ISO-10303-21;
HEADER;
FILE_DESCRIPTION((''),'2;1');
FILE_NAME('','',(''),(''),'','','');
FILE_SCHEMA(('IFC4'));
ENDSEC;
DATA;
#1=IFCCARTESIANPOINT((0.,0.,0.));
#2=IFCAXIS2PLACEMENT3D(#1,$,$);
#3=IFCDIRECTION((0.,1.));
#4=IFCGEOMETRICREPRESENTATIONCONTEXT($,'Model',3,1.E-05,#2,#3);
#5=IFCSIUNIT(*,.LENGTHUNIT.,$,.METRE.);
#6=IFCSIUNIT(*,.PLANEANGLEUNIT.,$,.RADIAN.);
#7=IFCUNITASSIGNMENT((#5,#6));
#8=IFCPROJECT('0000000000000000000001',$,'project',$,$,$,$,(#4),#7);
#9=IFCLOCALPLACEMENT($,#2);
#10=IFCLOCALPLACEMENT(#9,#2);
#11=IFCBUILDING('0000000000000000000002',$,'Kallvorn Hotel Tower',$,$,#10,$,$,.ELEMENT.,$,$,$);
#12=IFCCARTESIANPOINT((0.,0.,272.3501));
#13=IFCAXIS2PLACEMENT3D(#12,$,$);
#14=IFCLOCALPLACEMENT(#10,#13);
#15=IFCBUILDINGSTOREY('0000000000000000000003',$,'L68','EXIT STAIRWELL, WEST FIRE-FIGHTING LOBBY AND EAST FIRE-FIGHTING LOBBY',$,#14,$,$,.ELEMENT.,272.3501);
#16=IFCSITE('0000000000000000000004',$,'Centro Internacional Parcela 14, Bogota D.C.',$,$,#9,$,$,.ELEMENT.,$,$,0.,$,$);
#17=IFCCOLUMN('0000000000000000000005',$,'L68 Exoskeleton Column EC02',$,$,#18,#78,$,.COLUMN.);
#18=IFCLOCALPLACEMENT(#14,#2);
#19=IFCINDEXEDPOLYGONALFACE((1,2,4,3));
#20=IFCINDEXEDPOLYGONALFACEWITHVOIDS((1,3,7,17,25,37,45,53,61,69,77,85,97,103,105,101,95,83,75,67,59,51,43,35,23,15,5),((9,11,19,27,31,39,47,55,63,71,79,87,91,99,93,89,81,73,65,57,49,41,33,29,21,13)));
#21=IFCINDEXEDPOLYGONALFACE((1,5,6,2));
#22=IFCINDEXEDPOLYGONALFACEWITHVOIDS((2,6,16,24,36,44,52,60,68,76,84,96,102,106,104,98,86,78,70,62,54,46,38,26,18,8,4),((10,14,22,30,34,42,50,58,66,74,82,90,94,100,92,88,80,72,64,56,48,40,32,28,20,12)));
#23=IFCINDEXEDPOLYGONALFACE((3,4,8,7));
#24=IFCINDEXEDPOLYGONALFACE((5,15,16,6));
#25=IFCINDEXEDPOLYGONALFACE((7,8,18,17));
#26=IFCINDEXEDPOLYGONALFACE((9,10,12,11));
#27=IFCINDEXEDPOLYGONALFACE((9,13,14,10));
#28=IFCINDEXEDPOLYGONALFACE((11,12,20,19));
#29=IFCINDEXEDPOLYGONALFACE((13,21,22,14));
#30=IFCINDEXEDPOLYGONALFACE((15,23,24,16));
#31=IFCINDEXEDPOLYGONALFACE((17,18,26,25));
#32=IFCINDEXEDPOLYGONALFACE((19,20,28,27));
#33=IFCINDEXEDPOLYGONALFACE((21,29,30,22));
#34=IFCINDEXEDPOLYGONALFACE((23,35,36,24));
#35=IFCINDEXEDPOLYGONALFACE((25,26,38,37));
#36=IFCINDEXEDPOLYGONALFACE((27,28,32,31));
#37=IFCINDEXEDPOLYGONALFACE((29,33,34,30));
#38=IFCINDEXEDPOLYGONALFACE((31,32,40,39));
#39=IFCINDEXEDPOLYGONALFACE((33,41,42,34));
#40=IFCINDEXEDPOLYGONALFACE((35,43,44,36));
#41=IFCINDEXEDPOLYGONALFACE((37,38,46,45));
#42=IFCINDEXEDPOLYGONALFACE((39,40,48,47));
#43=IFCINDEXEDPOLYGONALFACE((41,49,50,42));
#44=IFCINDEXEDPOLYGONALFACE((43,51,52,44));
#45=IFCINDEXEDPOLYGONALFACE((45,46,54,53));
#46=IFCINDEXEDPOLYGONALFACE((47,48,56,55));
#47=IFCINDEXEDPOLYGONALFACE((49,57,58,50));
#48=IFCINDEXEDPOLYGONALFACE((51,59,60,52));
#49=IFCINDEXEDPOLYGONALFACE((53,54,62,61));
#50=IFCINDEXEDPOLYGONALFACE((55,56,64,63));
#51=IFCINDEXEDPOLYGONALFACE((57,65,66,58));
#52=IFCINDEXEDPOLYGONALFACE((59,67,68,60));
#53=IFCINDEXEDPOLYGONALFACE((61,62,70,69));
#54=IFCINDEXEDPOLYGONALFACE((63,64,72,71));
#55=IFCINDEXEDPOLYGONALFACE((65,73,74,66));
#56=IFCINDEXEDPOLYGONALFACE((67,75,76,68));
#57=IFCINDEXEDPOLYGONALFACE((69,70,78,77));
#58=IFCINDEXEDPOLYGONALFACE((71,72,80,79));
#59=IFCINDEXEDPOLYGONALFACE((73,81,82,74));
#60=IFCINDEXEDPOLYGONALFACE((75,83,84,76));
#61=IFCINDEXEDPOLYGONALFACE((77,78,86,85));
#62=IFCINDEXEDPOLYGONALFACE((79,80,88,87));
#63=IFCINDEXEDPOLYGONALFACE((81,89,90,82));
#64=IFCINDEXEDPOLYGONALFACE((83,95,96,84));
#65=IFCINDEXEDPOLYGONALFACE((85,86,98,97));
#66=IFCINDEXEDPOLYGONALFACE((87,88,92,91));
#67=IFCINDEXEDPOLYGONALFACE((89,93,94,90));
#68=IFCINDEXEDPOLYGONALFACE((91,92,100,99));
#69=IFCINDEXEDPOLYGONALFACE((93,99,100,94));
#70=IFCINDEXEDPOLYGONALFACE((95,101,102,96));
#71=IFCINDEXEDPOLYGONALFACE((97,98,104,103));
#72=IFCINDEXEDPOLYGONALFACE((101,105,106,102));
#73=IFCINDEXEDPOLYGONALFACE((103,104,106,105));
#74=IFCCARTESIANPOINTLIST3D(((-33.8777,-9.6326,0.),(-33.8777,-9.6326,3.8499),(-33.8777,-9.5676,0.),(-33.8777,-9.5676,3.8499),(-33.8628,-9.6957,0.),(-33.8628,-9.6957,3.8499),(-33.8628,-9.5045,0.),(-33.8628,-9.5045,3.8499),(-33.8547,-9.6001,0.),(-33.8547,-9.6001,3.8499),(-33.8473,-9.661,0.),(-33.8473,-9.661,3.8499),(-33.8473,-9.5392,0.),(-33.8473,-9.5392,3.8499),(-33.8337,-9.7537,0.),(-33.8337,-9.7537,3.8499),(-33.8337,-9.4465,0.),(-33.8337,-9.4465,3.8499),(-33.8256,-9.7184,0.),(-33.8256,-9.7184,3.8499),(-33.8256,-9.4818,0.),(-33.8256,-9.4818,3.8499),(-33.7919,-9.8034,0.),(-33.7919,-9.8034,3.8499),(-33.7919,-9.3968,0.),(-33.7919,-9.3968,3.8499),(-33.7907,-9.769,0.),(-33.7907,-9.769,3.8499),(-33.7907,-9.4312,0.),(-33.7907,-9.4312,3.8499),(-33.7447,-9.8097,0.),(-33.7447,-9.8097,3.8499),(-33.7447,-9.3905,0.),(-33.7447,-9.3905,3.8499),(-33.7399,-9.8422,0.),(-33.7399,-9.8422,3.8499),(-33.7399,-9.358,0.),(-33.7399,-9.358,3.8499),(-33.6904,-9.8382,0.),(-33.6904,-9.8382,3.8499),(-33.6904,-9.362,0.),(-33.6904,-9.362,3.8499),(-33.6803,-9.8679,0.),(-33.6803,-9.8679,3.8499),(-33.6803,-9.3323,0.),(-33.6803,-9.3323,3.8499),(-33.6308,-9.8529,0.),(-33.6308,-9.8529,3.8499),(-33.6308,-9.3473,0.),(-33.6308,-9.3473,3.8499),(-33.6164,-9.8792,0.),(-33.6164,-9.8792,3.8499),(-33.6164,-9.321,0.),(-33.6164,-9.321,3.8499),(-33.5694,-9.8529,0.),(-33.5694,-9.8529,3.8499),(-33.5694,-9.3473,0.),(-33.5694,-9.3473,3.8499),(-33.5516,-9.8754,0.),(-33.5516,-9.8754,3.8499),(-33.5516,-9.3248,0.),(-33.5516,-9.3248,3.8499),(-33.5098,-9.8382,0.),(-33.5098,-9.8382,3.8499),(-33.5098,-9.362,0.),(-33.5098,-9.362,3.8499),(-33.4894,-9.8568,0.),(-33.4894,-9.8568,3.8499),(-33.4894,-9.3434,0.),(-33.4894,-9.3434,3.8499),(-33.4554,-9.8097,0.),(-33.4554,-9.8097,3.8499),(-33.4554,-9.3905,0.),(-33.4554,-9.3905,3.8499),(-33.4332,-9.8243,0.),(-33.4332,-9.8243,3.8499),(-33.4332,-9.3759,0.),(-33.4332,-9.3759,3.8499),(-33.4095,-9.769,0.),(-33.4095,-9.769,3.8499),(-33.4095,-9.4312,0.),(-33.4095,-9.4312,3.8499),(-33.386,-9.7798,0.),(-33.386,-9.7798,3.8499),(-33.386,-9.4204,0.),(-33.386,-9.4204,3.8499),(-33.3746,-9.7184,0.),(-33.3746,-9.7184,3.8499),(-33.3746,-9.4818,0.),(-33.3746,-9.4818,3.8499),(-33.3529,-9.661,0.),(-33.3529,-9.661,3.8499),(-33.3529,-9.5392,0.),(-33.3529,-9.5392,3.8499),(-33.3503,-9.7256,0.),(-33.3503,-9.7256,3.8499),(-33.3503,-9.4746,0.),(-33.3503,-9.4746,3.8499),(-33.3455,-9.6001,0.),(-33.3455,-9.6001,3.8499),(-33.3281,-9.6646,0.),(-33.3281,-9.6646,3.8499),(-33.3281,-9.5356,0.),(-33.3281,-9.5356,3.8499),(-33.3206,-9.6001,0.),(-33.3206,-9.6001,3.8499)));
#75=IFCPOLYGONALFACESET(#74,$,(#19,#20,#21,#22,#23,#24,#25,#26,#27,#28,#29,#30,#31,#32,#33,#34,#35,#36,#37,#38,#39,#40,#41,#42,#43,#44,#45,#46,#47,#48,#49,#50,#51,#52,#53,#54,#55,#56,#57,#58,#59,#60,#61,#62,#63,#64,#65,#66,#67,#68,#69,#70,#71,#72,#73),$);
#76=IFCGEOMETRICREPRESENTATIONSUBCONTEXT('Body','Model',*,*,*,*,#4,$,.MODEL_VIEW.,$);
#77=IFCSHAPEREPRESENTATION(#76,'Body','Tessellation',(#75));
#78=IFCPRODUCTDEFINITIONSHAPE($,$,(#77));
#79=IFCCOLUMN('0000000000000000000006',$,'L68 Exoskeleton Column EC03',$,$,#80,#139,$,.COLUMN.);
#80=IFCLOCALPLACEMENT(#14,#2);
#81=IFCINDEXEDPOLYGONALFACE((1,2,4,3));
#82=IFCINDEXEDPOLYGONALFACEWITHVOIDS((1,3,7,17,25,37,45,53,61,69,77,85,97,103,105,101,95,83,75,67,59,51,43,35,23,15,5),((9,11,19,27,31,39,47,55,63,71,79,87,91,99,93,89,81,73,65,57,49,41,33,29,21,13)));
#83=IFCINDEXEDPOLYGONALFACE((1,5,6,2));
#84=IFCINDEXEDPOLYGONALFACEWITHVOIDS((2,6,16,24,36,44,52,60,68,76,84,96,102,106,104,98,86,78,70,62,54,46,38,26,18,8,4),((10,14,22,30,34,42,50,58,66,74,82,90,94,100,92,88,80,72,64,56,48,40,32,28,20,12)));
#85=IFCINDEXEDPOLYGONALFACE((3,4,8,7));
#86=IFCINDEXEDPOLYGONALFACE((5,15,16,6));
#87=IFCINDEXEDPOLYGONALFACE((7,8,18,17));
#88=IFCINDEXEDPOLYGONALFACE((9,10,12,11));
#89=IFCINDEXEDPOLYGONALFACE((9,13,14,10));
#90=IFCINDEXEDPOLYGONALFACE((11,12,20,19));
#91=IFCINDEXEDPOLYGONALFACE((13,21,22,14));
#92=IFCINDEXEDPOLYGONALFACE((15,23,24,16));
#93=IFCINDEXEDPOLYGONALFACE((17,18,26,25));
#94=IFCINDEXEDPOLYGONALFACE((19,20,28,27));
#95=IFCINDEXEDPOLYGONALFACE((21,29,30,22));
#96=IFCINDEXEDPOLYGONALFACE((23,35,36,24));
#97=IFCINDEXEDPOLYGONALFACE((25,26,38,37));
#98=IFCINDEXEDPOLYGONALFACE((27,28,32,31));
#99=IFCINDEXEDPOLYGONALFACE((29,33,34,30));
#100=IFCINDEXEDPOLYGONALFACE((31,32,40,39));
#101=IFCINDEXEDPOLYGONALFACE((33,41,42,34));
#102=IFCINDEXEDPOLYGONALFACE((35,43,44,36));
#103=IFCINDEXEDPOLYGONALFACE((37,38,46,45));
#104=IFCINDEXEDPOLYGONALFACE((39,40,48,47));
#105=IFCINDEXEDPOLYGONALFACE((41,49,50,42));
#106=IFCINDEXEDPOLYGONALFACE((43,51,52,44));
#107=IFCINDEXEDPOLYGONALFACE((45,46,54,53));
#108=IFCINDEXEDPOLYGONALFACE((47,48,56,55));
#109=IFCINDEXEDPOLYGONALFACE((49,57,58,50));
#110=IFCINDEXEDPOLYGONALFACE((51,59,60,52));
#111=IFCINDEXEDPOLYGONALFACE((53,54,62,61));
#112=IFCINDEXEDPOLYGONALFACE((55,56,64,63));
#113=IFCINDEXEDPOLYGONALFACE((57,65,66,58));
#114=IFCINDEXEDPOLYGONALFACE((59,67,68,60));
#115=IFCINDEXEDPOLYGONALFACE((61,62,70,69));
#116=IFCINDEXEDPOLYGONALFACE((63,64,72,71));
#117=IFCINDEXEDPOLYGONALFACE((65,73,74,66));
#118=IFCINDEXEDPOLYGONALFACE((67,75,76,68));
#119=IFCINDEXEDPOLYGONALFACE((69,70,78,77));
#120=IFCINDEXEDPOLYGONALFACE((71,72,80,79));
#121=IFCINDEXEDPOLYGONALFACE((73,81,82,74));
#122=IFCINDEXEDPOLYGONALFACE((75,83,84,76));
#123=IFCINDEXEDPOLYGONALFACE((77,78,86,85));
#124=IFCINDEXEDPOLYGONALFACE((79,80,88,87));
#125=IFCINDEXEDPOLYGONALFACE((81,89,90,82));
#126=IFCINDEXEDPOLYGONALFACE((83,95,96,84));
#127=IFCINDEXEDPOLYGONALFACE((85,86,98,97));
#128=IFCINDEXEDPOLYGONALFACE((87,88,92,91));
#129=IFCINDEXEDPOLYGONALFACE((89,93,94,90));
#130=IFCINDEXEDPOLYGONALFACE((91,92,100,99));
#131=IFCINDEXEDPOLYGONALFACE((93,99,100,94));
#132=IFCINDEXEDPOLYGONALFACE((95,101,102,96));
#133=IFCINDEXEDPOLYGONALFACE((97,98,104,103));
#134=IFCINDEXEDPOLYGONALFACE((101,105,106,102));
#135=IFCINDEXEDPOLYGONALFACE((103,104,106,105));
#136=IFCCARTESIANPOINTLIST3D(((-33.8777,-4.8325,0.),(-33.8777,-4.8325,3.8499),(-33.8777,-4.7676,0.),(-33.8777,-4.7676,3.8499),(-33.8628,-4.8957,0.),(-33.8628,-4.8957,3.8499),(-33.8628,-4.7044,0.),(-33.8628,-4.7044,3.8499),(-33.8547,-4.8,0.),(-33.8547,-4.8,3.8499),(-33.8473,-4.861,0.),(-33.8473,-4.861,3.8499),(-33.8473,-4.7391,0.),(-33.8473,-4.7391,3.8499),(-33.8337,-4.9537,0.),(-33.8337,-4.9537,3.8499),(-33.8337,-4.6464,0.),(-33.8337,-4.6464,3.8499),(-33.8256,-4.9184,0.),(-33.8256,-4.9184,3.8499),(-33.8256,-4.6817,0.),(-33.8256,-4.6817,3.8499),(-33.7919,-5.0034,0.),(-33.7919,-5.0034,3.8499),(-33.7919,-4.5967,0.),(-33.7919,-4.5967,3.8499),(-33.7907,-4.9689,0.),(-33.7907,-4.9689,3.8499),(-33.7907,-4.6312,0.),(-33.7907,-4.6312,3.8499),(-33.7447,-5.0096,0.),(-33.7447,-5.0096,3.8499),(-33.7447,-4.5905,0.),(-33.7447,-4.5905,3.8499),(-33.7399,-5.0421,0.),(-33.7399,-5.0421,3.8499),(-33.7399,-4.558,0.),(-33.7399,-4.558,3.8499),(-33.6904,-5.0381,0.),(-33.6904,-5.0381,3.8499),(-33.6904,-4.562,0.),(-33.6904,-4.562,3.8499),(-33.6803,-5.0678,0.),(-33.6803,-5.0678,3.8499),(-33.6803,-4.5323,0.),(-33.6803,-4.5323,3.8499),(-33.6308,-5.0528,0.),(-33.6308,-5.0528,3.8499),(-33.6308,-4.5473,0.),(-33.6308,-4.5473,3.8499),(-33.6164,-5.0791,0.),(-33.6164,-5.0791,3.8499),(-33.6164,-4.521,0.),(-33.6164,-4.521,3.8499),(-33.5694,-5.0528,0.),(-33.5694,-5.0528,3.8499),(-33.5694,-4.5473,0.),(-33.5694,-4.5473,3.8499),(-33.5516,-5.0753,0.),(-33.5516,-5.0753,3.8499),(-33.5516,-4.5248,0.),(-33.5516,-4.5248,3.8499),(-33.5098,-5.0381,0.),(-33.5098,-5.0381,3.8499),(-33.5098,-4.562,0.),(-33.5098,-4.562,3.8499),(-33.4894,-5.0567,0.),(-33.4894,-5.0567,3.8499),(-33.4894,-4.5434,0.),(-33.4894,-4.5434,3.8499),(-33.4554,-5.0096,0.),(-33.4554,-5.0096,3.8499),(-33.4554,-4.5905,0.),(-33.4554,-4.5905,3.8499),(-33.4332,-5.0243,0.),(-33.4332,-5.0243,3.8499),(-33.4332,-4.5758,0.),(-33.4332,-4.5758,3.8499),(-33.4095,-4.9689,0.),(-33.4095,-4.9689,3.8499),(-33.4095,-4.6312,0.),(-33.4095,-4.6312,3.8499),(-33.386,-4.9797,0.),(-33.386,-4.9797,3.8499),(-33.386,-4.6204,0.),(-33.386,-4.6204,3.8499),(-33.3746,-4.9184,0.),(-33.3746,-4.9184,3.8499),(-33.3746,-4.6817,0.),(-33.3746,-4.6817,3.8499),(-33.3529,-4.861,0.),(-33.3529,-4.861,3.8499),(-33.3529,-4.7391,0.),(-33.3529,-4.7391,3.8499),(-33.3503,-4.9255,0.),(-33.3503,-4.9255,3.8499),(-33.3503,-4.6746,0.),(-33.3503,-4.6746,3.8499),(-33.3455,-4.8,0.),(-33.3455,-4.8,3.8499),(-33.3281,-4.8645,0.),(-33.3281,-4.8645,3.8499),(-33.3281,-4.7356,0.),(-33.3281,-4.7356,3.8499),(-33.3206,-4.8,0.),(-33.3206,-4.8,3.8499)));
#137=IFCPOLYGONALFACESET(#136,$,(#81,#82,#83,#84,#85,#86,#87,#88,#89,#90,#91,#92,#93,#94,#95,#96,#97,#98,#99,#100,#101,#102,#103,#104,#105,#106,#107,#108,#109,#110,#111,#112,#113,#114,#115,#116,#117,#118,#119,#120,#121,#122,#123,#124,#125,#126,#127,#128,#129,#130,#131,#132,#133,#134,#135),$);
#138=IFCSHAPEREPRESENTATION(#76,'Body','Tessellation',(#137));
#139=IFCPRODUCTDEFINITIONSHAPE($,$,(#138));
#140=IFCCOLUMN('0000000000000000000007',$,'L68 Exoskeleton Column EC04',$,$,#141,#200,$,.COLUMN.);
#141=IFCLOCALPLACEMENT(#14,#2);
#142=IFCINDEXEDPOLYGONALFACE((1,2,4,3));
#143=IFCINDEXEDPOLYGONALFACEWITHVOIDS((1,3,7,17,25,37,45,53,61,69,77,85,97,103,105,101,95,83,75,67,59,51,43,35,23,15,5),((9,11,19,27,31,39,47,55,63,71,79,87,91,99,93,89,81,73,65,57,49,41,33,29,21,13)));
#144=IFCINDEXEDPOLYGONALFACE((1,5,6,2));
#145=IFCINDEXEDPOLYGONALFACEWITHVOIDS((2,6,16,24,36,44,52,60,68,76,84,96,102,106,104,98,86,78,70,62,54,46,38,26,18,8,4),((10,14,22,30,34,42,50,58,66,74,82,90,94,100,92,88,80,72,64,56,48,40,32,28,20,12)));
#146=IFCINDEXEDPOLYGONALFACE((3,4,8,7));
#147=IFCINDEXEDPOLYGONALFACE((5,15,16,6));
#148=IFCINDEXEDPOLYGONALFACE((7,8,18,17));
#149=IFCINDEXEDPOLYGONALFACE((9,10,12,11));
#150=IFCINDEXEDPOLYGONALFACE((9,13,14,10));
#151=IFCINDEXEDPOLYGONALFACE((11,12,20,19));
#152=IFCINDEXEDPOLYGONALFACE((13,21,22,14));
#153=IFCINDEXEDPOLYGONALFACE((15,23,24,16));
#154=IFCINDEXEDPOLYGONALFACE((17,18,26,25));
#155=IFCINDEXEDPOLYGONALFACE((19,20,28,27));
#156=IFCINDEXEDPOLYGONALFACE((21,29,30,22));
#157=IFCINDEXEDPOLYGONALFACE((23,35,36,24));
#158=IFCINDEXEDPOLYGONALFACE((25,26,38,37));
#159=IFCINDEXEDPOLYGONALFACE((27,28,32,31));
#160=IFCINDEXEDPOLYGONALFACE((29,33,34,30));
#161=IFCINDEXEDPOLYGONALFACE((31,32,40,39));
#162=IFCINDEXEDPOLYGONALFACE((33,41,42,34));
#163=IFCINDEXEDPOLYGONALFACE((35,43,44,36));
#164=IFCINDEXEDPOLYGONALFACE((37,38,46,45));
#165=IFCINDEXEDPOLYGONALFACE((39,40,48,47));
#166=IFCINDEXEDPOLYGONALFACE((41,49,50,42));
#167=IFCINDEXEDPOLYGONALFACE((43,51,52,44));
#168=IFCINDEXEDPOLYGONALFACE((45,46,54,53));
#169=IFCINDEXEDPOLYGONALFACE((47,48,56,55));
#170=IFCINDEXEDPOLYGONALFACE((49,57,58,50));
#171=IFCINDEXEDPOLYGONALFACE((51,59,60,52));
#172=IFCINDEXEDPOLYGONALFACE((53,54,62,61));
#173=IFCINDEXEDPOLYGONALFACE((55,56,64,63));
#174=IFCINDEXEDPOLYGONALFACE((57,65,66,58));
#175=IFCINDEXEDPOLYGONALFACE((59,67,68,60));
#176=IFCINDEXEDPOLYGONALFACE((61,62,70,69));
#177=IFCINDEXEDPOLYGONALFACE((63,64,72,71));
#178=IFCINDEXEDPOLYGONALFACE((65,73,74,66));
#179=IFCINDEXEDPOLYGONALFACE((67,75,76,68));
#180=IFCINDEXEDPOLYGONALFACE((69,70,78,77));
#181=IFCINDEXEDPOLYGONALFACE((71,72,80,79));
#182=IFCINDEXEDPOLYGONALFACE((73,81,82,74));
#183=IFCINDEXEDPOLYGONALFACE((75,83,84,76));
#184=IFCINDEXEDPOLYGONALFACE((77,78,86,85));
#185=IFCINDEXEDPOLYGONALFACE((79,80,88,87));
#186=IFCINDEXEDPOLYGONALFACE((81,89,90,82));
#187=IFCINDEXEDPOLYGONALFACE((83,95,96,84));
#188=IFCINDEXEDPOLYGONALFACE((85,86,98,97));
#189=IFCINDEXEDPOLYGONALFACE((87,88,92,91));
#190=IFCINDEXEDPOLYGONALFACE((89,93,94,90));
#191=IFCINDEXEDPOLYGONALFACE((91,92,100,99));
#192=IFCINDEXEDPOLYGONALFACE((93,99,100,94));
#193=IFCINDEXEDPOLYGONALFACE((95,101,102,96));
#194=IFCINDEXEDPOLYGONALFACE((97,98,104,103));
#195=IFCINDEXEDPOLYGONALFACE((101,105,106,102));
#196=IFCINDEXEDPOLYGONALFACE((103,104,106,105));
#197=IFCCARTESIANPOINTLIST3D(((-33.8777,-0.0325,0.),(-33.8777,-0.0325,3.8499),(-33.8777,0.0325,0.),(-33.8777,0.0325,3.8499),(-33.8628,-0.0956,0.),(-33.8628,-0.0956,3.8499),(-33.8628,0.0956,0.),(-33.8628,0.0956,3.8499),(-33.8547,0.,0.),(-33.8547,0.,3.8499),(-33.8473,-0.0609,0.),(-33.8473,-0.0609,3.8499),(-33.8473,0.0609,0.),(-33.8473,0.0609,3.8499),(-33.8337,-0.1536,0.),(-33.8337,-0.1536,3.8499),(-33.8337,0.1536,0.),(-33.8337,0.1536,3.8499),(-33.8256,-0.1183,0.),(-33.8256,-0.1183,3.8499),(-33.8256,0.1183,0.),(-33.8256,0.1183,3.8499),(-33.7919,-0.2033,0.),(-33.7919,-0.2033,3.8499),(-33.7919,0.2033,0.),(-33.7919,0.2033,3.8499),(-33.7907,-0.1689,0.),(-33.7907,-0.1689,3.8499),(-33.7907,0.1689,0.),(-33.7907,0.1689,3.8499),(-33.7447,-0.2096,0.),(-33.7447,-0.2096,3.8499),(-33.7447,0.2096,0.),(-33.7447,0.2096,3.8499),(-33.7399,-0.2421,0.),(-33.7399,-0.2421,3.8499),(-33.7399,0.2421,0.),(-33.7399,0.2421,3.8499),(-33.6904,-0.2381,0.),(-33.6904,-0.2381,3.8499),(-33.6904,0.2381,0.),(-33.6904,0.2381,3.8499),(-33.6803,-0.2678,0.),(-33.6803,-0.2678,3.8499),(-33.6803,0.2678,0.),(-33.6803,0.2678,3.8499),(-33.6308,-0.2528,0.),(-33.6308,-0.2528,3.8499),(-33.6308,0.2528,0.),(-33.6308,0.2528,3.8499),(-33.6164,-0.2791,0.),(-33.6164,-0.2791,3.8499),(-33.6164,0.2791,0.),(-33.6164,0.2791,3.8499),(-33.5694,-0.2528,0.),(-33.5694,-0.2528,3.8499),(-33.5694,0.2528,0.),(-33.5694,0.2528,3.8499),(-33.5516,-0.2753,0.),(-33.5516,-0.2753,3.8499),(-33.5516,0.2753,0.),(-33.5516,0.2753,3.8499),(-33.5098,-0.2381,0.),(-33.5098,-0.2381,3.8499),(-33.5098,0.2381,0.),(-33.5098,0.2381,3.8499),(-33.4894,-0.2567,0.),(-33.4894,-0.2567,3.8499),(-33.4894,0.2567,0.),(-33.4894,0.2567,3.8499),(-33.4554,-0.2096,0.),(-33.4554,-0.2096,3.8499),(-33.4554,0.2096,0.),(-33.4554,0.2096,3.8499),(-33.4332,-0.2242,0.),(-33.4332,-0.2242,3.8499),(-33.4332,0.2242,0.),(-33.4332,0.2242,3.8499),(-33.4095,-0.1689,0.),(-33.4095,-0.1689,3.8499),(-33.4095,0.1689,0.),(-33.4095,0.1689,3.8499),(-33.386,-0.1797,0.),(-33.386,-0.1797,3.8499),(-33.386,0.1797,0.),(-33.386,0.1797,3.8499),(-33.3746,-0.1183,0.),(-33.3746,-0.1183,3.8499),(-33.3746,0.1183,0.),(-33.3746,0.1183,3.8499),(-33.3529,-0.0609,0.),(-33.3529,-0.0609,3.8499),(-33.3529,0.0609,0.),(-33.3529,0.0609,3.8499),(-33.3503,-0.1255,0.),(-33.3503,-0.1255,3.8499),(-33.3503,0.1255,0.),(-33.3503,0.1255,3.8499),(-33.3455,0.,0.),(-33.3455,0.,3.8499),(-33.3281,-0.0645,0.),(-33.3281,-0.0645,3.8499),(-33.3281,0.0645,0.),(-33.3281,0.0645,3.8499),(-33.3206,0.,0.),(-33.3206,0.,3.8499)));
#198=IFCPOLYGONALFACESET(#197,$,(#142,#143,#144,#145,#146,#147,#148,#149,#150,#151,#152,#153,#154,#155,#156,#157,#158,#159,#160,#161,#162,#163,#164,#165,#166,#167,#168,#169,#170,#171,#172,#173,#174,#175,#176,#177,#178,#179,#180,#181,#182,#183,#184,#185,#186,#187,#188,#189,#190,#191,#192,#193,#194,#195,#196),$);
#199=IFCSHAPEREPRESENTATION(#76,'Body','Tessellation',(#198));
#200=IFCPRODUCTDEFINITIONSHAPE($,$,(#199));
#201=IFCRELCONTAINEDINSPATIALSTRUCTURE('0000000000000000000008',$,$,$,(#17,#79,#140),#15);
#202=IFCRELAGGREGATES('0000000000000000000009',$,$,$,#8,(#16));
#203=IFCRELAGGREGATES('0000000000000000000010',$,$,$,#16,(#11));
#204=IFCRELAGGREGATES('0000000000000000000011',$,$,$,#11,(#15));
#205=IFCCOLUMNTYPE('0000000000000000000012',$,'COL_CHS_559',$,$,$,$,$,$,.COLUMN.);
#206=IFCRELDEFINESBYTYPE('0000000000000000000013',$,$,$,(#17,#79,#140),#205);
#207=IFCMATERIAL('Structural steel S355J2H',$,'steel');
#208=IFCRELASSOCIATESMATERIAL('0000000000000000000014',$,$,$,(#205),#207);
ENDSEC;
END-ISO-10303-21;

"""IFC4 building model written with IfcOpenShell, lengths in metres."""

from ifc_helpers import new_model, si_unit, direction, frame, origin, origin_2d, place, context, subcontext, project, spatial, hollow_circle, extrude, material, material_profile, profile_set, type_object, element, save


model = new_model("IFC4")

# Units and contexts
model_context = context("Model", 3, precision=1e-05, world=origin(), true_north=direction((0.0, 1.0)))
body_context = subcontext(model_context, "Body", "Model", "MODEL_VIEW")
ifc_project = project(units=[si_unit("LENGTHUNIT", "METRE"), si_unit("PLANEANGLEUNIT", "RADIAN")], contexts=[model_context])

# Site, building, storey
site_placement = place(None, origin())
site = spatial("IfcSite", under=ifc_project, at=site_placement, Name="Centro Internacional Parcela 14, Bogota D.C.", CompositionType="ELEMENT", RefElevation=0.0)
building_placement = place(site_placement, origin())
building = spatial("IfcBuilding", under=site, at=building_placement, Name="Kallvorn Hotel Tower", CompositionType="ELEMENT")
storey_placement = place(building_placement, frame((0.0, 0.0, 272.3501)))
storey = spatial("IfcBuildingStorey", under=building, at=storey_placement, Name="L68", Description="EXIT STAIRWELL, WEST FIRE-FIGHTING LOBBY AND EAST FIRE-FIGHTING LOBBY", CompositionType="ELEMENT", Elevation=272.3501)

# Columns
ifc_material_1 = material(Name="Structural steel S355J2H", Category="steel")
ifc_material_profile_1 = material_profile(ifc_material_1, hollow_circle(Radius=0.2795, WallThickness=0.0249, at=origin_2d()), Name="CHS 559x25")
ifc_profile_set_1 = profile_set([ifc_material_profile_1], Name="Structural steel S355J2H")
column_type_1 = type_object("IfcColumnType", Name="COL_CHS_559", PredefinedType="COLUMN", material=ifc_profile_set_1)
for number, where, z_axis, x_axis, name in (
    (1, (-33.6001, -9.6001, 0.0), (0.0, 0.0, 1.0), (1.0, 0.0, 0.0), "L68 Exoskeleton Column EC02"),
    (2, (-33.6001, -4.8, 0.0), (0.0, 0.0, 1.0), (1.0, 0.0, 0.0), "L68 Exoskeleton Column EC03"),
    (3, (-33.6001, 0.0, 0.0), (0.0, 0.0, 1.0), (1.0, 0.0, 0.0), "L68 Exoskeleton Column EC04"),
):
    element("IfcColumn", number, at=place(storey_placement, frame(where, z_axis=z_axis, x_axis=x_axis)), inside=storey, type_object=column_type_1, Name=name, PredefinedType="COLUMN", context=body_context, shape_type="SweptSolid", body=[
        extrude(hollow_circle(Radius=0.2795, WallThickness=0.0249, at=origin_2d()), origin(), (0.0, 0.0, 1.0), 3.8499),
    ])

save(model, "model.ifc")
